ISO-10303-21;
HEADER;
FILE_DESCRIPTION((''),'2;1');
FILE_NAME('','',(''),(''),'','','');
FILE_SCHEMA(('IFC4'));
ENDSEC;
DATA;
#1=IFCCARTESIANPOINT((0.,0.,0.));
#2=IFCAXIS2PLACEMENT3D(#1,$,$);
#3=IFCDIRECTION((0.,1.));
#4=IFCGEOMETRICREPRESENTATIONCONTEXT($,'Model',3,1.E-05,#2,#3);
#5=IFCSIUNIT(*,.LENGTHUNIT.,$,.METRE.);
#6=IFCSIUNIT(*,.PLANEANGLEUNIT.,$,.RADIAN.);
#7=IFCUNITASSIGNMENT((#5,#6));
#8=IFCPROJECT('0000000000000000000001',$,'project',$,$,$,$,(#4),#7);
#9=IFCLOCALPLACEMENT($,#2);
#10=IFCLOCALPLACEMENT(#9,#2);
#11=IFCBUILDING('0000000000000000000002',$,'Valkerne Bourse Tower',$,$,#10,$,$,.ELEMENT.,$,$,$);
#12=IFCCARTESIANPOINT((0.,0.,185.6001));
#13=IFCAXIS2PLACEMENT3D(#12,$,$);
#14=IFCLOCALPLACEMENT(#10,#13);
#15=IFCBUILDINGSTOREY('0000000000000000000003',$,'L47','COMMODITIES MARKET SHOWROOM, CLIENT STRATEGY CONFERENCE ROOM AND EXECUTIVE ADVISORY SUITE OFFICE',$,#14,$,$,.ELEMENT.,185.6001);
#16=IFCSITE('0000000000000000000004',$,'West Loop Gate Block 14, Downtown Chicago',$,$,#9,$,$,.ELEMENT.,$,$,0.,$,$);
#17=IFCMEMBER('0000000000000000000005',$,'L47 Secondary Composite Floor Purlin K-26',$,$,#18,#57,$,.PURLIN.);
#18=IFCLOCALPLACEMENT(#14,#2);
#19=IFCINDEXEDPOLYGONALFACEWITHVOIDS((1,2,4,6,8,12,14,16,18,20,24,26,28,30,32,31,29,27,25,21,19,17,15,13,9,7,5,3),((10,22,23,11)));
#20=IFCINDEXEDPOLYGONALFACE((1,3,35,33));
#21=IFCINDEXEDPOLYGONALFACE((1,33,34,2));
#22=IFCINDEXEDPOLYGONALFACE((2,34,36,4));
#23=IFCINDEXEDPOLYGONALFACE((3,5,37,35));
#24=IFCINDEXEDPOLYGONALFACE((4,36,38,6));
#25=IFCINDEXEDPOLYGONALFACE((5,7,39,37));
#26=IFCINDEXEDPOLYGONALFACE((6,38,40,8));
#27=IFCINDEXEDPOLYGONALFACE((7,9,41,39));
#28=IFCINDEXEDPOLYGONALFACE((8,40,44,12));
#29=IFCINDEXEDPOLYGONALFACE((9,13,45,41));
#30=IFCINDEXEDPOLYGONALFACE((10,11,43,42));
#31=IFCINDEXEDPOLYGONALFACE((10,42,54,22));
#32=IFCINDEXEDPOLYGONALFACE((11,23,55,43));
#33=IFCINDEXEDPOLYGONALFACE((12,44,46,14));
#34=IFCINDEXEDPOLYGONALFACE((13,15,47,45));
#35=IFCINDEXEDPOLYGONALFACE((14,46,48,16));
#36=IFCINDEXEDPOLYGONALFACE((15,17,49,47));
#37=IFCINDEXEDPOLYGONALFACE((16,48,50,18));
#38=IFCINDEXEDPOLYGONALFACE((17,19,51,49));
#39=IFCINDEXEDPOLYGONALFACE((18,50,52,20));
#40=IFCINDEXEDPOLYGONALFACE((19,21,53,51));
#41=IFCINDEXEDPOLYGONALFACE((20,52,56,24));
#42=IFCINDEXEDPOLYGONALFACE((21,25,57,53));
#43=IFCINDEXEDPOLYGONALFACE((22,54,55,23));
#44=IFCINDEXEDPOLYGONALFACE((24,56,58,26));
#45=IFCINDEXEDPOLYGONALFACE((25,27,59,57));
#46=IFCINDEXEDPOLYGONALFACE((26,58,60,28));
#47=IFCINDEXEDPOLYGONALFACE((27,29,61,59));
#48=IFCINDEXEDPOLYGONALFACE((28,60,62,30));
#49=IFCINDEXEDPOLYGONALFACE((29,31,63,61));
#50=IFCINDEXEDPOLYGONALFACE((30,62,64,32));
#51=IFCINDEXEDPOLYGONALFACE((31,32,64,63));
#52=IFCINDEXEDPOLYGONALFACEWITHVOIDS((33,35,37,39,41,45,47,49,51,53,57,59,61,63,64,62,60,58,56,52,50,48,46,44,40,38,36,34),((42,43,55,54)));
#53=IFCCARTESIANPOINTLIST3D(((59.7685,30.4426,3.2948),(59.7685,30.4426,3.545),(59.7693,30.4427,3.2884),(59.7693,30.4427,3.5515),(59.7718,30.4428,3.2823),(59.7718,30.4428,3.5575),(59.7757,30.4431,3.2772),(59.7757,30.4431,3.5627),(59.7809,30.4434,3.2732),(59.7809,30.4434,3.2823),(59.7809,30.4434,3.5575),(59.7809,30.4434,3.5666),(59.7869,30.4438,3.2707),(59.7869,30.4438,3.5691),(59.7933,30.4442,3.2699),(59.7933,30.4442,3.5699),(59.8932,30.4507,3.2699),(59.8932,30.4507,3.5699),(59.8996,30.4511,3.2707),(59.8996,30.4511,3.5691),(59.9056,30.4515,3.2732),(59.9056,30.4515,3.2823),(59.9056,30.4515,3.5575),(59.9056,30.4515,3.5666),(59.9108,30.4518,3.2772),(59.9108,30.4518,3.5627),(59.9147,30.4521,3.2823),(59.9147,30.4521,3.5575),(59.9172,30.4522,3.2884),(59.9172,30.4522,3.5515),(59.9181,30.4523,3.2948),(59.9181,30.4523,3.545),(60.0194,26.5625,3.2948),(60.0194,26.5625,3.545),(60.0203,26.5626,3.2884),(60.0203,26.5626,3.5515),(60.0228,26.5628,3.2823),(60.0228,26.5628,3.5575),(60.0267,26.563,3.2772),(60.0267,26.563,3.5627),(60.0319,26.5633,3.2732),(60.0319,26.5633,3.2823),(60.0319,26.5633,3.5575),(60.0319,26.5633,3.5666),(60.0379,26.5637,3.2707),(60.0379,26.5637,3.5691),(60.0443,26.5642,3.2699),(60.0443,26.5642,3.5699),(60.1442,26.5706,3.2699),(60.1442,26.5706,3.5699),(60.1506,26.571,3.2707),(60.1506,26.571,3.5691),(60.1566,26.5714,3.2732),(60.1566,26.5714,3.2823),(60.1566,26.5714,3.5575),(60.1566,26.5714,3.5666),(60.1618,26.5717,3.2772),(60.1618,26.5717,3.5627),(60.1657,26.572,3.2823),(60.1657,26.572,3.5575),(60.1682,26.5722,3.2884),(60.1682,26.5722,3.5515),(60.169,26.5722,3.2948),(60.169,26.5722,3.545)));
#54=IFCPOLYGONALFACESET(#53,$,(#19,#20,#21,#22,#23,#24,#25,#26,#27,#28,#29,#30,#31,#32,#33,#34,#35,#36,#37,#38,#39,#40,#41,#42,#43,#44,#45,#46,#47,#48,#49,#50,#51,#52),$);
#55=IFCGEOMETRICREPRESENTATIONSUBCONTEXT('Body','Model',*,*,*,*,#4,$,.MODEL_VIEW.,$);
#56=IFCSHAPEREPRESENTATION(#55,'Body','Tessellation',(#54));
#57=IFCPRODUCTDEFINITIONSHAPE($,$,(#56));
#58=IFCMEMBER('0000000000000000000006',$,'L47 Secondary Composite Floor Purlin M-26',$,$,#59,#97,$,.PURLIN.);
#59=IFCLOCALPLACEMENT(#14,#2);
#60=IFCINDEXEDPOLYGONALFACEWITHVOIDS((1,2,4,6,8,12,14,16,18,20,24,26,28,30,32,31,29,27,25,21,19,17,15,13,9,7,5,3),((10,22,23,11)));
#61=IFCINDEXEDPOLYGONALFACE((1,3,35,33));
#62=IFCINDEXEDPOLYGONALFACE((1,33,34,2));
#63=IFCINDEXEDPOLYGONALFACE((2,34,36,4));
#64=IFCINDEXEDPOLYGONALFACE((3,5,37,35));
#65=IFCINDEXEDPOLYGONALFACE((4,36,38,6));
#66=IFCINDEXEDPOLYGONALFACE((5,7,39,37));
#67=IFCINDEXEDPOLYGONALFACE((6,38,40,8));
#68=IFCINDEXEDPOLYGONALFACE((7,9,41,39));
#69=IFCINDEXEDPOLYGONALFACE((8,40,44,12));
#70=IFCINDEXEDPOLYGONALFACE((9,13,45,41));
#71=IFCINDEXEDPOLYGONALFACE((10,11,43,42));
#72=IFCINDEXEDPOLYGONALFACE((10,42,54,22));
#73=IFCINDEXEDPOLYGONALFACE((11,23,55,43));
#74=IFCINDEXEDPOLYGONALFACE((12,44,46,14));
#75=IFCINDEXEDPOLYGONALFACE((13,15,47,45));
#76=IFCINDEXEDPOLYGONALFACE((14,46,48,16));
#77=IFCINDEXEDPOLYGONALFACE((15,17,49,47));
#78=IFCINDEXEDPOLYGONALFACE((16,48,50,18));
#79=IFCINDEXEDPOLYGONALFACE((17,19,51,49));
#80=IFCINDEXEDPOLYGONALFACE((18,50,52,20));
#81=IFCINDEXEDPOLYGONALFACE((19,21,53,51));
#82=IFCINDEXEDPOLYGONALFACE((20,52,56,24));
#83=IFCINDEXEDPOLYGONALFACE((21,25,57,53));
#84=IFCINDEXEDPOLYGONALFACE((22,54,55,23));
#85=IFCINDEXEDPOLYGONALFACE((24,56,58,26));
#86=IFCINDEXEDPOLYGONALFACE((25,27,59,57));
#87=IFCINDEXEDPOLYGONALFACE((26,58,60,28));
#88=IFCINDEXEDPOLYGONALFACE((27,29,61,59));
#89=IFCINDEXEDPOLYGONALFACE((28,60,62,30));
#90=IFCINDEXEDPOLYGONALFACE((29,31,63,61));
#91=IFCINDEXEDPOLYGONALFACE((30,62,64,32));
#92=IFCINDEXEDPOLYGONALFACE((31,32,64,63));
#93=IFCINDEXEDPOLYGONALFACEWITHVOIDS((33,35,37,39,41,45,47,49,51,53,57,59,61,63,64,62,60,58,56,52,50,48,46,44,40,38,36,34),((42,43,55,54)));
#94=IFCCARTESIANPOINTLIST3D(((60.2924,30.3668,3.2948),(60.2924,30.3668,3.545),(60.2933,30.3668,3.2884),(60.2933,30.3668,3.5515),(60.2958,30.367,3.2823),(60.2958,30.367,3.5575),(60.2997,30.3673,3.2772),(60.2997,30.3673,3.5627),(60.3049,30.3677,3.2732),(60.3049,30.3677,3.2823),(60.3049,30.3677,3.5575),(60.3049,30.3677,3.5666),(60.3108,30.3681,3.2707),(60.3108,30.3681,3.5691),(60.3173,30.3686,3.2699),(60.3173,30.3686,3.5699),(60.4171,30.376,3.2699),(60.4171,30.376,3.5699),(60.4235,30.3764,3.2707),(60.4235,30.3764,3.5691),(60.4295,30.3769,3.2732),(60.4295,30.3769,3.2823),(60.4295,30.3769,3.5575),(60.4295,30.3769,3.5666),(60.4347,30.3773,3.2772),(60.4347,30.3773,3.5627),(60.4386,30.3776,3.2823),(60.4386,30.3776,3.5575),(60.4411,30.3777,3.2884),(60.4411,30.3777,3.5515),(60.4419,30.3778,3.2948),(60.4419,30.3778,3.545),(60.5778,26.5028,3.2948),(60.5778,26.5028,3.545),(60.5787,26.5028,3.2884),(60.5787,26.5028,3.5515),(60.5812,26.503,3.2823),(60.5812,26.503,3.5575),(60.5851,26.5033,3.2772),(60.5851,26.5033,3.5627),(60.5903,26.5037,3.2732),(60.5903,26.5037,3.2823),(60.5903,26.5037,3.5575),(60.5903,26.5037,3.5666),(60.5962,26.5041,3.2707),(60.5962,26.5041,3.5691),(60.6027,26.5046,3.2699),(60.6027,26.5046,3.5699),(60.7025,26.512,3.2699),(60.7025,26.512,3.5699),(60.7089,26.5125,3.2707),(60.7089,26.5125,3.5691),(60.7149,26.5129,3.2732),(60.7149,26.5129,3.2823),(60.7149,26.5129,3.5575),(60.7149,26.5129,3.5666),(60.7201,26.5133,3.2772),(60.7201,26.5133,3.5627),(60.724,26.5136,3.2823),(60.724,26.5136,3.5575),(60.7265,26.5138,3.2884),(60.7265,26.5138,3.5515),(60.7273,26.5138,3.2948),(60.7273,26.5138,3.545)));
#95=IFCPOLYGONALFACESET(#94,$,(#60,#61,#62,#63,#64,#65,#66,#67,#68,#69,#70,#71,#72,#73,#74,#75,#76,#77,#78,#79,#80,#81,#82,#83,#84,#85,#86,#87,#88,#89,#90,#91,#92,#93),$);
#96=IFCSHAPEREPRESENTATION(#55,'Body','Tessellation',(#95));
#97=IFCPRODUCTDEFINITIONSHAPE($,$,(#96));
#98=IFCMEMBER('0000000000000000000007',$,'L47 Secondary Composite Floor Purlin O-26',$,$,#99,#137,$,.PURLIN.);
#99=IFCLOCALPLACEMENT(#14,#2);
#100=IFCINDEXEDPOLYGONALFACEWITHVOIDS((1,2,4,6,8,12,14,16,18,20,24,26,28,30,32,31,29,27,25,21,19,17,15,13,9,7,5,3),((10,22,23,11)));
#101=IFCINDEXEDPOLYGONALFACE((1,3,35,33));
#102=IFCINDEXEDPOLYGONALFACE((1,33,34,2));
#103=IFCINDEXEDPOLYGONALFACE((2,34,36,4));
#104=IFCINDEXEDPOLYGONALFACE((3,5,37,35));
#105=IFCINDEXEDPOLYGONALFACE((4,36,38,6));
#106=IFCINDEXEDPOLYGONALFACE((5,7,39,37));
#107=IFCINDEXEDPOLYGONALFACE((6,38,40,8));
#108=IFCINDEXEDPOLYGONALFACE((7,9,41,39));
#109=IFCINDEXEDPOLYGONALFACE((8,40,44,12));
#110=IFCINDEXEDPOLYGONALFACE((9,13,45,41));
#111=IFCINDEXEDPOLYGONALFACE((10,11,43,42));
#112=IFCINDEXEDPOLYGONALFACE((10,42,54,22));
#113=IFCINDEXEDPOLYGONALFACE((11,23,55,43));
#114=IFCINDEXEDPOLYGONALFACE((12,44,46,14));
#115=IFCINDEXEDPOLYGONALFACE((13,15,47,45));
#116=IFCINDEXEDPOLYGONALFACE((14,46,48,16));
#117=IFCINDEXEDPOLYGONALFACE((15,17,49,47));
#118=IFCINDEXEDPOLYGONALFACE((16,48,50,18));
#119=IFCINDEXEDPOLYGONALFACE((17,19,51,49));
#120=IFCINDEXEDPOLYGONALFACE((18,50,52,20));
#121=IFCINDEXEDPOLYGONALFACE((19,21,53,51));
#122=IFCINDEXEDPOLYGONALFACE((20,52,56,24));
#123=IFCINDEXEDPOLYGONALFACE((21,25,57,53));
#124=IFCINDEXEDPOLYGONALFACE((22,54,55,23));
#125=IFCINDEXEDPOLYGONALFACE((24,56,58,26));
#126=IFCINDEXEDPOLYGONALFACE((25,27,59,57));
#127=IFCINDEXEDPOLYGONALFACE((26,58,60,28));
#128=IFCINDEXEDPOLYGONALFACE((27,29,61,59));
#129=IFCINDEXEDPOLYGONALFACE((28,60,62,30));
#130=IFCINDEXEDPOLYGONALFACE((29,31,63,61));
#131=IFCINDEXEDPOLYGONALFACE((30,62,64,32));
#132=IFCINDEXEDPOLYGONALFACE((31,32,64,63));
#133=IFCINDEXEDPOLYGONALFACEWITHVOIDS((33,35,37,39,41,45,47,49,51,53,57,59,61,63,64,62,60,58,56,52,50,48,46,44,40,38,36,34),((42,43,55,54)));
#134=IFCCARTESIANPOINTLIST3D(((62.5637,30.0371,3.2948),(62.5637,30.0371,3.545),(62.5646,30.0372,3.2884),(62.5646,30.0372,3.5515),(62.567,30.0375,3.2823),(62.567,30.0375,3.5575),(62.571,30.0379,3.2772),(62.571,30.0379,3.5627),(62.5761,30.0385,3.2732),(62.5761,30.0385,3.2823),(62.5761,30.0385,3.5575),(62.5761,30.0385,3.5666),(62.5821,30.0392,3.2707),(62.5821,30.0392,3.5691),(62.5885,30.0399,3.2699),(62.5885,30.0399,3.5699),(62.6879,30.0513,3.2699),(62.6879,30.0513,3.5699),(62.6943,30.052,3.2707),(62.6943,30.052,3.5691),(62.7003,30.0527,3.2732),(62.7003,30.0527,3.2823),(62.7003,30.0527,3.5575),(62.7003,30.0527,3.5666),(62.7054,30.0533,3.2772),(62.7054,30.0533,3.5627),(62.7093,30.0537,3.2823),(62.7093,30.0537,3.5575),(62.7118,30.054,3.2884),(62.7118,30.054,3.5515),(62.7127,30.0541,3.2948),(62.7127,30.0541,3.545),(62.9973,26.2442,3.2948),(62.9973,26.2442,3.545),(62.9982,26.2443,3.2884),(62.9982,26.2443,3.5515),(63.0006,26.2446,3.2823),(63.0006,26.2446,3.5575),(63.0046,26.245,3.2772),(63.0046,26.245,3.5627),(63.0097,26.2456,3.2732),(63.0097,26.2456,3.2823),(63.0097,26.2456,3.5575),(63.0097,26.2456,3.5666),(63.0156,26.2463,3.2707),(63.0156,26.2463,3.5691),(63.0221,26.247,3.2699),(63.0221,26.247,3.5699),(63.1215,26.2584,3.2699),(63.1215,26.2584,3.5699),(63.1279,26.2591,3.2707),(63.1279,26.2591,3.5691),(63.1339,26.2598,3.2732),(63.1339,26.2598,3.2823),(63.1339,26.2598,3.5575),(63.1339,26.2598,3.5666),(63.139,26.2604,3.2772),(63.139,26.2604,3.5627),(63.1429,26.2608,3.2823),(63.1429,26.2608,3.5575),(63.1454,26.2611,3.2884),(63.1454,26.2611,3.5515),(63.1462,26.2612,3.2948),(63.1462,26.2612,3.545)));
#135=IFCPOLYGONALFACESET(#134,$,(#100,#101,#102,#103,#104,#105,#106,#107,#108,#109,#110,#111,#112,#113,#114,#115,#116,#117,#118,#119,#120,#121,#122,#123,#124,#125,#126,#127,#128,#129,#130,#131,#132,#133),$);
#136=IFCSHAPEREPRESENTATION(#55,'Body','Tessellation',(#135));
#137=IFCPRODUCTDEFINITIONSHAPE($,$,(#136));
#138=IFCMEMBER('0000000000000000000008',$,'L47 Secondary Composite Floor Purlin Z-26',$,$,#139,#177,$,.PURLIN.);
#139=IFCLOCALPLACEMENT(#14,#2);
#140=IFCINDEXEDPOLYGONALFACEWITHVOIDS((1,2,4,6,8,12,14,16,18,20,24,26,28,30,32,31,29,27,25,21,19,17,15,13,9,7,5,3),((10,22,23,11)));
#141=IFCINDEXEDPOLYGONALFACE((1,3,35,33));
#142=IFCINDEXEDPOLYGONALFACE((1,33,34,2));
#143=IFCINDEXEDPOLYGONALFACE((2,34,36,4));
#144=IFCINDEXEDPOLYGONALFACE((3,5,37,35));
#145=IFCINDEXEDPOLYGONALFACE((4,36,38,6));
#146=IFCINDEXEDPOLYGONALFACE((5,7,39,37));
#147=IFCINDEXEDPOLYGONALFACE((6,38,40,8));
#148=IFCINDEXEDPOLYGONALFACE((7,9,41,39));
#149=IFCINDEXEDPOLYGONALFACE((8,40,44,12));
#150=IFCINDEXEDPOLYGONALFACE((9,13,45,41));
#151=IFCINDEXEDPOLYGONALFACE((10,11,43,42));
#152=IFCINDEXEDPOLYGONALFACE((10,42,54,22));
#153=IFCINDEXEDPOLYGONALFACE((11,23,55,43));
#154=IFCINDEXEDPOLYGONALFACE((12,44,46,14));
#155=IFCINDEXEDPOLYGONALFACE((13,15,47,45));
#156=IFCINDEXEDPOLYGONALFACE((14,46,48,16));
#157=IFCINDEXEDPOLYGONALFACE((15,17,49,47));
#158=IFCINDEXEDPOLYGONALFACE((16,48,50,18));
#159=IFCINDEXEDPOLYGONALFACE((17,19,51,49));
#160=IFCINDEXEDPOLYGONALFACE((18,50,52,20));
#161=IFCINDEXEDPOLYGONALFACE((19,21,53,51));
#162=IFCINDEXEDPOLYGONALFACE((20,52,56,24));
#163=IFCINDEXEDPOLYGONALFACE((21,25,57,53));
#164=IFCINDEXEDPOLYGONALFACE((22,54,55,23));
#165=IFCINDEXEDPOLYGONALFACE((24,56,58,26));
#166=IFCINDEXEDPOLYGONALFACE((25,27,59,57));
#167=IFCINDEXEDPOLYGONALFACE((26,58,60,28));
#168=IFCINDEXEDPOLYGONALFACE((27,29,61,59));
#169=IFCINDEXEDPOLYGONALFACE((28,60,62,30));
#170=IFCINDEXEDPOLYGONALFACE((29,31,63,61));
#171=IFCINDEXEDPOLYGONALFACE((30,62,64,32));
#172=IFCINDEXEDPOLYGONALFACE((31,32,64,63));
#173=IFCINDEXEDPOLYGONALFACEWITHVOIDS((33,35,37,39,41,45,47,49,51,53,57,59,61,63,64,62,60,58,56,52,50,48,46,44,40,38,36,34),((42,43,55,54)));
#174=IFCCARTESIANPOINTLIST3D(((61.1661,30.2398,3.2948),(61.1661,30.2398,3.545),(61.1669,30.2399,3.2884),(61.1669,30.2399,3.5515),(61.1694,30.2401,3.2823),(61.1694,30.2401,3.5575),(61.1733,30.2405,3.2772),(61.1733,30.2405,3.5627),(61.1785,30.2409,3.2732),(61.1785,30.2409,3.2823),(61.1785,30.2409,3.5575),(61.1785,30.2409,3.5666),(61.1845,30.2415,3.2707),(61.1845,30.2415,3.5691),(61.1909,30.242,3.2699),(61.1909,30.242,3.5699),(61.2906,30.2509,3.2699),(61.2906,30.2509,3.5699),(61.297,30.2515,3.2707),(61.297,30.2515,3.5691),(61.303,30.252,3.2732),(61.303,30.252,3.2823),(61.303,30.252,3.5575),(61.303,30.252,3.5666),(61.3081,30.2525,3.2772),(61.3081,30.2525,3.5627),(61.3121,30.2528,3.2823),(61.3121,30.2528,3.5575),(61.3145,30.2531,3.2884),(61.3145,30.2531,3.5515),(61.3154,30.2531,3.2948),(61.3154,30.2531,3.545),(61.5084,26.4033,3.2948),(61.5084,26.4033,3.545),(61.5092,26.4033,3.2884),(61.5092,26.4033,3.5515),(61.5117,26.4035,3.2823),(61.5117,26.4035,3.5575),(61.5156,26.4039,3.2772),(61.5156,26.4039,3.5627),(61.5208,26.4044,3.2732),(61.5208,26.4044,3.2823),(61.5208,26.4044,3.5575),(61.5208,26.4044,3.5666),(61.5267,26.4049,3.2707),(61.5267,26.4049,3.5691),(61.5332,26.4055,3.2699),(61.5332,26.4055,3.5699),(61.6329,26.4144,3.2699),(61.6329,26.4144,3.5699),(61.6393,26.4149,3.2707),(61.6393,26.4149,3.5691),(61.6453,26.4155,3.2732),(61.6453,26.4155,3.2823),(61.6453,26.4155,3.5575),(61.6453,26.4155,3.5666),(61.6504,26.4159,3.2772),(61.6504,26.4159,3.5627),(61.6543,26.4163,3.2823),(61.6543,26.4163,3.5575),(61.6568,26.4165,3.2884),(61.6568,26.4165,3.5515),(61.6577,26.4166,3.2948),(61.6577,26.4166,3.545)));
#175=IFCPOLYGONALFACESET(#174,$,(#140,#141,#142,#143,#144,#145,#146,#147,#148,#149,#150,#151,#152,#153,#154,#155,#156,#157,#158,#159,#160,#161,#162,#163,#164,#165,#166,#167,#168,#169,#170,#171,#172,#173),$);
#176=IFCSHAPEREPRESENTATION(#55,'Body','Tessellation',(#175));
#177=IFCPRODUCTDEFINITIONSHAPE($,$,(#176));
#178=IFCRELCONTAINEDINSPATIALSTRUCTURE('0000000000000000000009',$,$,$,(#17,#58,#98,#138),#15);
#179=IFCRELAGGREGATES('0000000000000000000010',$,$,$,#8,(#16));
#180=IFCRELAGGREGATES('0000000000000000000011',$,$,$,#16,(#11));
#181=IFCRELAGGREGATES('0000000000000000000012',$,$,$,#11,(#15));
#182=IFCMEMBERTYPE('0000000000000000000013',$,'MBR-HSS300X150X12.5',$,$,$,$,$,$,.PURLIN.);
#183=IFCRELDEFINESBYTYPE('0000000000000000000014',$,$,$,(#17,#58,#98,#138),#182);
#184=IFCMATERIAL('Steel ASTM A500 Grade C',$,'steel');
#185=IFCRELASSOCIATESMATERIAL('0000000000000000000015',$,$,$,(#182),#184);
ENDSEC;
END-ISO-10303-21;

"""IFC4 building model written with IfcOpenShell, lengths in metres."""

from ifc_helpers import new_model, si_unit, direction, frame, origin, origin_2d, place, context, subcontext, project, spatial, hollow_rectangle, extrude, material, material_profile, profile_set, type_object, element, save


model = new_model("IFC4")

# Units and contexts
model_context = context("Model", 3, precision=1e-05, world=origin(), true_north=direction((0.0, 1.0)))
body_context = subcontext(model_context, "Body", "Model", "MODEL_VIEW")
ifc_project = project(units=[si_unit("LENGTHUNIT", "METRE"), si_unit("PLANEANGLEUNIT", "RADIAN")], contexts=[model_context])

# Site, building, storey
site_placement = place(None, origin())
site = spatial("IfcSite", under=ifc_project, at=site_placement, Name="West Loop Gate Block 14, Downtown Chicago", CompositionType="ELEMENT", RefElevation=0.0)
building_placement = place(site_placement, origin())
building = spatial("IfcBuilding", under=site, at=building_placement, Name="Valkerne Bourse Tower", CompositionType="ELEMENT")
storey_placement = place(building_placement, frame((0.0, 0.0, 185.6001)))
storey = spatial("IfcBuildingStorey", under=building, at=storey_placement, Name="L47", Description="COMMODITIES MARKET SHOWROOM, CLIENT STRATEGY CONFERENCE ROOM AND EXECUTIVE ADVISORY SUITE OFFICE", CompositionType="ELEMENT", Elevation=185.6001)

# Members
ifc_material_1 = material(Name="Steel ASTM A500 Grade C", Category="steel")
ifc_material_profile_1 = material_profile(ifc_material_1, hollow_rectangle(XDim=0.1499, YDim=0.3, WallThickness=0.0125, OuterFilletRadius=0.0249, at=origin_2d()), Name="HSS300X150X12.5")
ifc_profile_set_1 = profile_set([ifc_material_profile_1], Name="Steel ASTM A500 Grade C")
member_type_1 = type_object("IfcMemberType", Name="MBR-HSS300X150X12.5", PredefinedType="PURLIN", material=ifc_profile_set_1)
member_1_placement = place(storey_placement, frame((60.0942, 26.5674, 3.4199), z_axis=(-0.064548, 0.997915, 0.0), x_axis=(-0.997915, -0.064548, 0.0)))
element("IfcMember", 1, at=member_1_placement, inside=storey, type_object=member_type_1, Name="L47 Secondary Composite Floor Purlin K-26", PredefinedType="PURLIN", context=body_context, shape_type="SweptSolid", body=[
    extrude(hollow_rectangle(XDim=0.1499, YDim=0.3, WallThickness=0.0125, OuterFilletRadius=0.0249, at=origin_2d()), origin(), (0.0, 0.0, 1.0), 3.8882),
])
member_2_placement = place(storey_placement, frame((60.6526, 26.5083, 3.4199), z_axis=(-0.07366, 0.997283, 0.0), x_axis=(-0.997283, -0.07366, 0.0)))
element("IfcMember", 2, at=member_2_placement, inside=storey, type_object=member_type_1, Name="L47 Secondary Composite Floor Purlin M-26", PredefinedType="PURLIN", context=body_context, shape_type="SweptSolid", body=[
    extrude(hollow_rectangle(XDim=0.1499, YDim=0.3, WallThickness=0.0125, OuterFilletRadius=0.0249, at=origin_2d()), origin(), (0.0, 0.0, 1.0), 3.8745),
])
member_3_placement = place(storey_placement, frame((63.0718, 26.2527, 3.4199), z_axis=(-0.113575, 0.993529, 0.0), x_axis=(-0.993529, -0.113575, 0.0)))
element("IfcMember", 3, at=member_3_placement, inside=storey, type_object=member_type_1, Name="L47 Secondary Composite Floor Purlin O-26", PredefinedType="PURLIN", context=body_context, shape_type="SweptSolid", body=[
    extrude(hollow_rectangle(XDim=0.1499, YDim=0.3, WallThickness=0.0125, OuterFilletRadius=0.0249, at=origin_2d()), origin(), (0.0, 0.0, 1.0), 3.8176),
])
member_4_placement = place(storey_placement, frame((61.583, 26.4099, 3.4199), z_axis=(-0.088861, 0.996044, 0.0), x_axis=(-0.996044, -0.088861, 0.0)))
element("IfcMember", 4, at=member_4_placement, inside=storey, type_object=member_type_1, Name="L47 Secondary Composite Floor Purlin Z-26", PredefinedType="PURLIN", context=body_context, shape_type="SweptSolid", body=[
    extrude(hollow_rectangle(XDim=0.1499, YDim=0.3, WallThickness=0.0125, OuterFilletRadius=0.0249, at=origin_2d()), origin(), (0.0, 0.0, 1.0), 3.8518),
])

save(model, "model.ifc")
